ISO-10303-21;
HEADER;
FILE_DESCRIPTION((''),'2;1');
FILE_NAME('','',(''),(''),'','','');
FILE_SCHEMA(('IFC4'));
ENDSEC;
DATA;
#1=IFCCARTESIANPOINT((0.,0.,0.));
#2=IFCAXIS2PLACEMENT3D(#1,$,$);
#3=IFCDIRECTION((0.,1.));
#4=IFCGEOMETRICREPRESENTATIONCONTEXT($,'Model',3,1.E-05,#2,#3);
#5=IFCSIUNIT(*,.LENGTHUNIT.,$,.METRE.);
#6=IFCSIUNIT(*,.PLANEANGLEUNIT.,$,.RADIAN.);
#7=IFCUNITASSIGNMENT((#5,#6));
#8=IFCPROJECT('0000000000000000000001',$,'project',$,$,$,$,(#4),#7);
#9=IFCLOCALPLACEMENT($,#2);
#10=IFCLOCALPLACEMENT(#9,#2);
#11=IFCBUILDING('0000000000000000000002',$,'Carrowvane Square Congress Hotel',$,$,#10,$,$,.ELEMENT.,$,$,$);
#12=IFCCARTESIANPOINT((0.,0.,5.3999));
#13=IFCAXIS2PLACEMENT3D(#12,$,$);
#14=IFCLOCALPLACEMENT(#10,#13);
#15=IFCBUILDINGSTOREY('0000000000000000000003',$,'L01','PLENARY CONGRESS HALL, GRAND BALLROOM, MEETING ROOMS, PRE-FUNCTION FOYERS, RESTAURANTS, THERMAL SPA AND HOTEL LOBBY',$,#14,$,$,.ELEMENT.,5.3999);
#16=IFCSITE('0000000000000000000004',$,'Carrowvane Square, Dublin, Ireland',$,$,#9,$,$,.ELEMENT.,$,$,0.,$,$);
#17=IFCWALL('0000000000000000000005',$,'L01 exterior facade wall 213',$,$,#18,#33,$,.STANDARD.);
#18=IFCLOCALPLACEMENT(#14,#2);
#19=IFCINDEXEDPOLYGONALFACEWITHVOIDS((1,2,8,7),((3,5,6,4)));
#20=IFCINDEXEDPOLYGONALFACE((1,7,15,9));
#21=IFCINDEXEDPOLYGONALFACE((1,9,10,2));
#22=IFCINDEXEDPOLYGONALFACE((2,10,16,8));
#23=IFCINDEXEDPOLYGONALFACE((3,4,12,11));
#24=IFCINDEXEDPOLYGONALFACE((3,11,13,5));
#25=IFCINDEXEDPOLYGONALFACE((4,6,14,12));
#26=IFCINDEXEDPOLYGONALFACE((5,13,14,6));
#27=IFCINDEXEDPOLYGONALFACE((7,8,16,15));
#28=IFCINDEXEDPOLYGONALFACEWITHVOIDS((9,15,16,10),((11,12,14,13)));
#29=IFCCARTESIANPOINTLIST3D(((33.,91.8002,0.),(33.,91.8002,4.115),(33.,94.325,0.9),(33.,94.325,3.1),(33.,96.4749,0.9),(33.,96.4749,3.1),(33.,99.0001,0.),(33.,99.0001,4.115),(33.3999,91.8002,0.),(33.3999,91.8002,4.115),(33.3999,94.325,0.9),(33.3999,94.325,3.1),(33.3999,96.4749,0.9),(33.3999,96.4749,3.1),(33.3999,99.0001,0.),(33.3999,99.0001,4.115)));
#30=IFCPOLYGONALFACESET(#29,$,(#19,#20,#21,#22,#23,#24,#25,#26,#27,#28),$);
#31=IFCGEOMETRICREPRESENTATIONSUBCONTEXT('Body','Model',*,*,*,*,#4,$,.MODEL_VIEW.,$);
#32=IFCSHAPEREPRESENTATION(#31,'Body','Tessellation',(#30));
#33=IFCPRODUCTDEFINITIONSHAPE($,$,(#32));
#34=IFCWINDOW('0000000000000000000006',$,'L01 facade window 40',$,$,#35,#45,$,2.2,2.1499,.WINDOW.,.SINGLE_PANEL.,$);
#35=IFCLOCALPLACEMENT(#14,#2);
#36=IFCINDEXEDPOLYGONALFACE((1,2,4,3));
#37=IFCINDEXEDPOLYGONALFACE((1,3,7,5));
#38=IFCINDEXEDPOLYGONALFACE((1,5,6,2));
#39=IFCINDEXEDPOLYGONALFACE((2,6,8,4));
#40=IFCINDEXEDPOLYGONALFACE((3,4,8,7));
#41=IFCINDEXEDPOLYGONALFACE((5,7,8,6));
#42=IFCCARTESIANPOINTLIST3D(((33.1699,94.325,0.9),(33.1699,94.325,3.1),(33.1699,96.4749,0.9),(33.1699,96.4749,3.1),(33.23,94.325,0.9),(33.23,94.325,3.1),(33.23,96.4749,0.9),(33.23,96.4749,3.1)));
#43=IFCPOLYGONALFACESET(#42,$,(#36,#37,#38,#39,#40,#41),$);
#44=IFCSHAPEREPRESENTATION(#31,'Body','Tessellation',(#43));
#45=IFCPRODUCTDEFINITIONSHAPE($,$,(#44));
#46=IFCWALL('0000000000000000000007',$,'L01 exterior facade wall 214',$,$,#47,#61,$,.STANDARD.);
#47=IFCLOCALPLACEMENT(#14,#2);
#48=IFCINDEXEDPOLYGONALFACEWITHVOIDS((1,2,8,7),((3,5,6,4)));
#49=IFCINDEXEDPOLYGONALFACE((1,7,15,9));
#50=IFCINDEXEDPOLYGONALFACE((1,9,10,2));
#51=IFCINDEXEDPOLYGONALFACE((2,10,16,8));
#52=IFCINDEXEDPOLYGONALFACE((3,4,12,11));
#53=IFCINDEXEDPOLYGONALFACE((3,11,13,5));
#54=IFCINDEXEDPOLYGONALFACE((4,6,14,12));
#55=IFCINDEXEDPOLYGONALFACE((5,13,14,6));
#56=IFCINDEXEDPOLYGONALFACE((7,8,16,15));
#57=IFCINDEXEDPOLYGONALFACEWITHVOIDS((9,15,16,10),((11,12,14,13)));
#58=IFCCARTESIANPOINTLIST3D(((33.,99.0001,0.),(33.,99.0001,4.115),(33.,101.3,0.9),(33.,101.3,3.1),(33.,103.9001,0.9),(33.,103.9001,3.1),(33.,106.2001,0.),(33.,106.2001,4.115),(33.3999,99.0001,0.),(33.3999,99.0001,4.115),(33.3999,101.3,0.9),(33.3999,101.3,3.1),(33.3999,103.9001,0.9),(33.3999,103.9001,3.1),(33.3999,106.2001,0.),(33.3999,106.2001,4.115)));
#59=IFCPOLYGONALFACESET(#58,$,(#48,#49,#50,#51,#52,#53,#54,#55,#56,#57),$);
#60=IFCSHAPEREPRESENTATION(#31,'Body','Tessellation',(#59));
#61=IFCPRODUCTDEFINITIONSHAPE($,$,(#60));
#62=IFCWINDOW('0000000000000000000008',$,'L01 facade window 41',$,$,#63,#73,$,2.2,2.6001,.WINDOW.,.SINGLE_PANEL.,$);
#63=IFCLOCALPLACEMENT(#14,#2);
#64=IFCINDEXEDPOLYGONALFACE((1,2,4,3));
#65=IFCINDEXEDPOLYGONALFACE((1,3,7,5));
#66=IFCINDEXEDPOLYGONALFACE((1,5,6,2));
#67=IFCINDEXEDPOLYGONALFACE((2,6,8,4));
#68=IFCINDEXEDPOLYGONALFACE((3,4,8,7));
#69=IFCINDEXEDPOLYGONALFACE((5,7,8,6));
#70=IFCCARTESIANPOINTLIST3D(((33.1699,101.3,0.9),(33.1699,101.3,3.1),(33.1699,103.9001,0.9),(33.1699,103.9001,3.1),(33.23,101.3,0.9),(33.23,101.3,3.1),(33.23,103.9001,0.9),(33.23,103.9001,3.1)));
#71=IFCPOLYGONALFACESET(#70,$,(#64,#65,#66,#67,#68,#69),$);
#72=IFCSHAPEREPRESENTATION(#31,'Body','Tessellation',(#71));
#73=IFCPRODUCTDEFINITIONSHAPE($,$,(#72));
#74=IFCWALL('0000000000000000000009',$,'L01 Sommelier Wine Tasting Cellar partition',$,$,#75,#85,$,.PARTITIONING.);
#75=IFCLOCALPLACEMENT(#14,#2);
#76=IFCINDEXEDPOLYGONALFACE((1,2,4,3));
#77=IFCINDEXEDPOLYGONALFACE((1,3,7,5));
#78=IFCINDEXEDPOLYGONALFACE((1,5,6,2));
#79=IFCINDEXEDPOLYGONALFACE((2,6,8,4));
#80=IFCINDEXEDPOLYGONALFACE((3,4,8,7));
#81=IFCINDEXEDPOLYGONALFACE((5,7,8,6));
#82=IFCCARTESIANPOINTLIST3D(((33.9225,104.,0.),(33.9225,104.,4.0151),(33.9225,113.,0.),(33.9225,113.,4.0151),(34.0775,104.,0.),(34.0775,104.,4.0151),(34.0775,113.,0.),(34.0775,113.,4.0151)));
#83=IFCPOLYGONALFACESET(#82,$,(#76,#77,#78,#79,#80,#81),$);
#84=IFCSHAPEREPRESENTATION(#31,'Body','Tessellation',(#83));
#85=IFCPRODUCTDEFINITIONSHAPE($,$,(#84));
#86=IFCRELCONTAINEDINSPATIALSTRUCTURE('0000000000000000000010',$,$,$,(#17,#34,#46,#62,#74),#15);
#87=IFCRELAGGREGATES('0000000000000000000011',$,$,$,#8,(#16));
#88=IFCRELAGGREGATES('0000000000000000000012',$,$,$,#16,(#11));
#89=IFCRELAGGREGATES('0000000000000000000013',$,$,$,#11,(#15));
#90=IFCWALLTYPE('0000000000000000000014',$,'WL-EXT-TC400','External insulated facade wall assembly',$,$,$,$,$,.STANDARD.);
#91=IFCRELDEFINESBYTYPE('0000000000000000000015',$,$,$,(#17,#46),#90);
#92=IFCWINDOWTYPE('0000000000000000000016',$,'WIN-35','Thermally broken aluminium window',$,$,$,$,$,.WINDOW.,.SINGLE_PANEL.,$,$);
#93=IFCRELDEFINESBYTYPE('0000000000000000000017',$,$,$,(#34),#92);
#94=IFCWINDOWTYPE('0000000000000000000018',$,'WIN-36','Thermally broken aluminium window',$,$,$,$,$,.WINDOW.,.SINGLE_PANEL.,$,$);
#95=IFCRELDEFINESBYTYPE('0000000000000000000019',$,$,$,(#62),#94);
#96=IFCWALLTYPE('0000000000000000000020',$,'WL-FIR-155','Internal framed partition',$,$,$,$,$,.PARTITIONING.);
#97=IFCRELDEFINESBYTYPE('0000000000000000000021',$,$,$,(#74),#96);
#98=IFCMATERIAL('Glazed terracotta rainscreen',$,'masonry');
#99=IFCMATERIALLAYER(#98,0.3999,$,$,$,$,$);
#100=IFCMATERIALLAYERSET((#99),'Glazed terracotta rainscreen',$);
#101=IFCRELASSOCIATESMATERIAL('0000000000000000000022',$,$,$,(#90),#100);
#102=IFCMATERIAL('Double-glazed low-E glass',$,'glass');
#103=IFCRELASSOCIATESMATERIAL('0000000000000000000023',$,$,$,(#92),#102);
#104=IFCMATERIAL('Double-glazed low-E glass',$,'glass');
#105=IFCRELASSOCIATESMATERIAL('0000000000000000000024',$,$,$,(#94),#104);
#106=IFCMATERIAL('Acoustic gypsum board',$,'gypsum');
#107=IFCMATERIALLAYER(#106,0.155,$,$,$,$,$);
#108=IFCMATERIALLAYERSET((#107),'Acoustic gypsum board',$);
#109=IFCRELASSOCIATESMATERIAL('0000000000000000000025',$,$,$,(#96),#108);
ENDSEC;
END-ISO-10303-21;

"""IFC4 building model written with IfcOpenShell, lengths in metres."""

from ifc_helpers import new_model, si_unit, direction, frame, frame_2d, origin, place, context, subcontext, project, spatial, rectangle, extrude, material, layer, layer_set, type_object, element, fill, save


model = new_model("IFC4")

# Units and contexts
model_context = context("Model", 3, precision=1e-05, world=origin(), true_north=direction((0.0, 1.0)))
body_context = subcontext(model_context, "Body", "Model", "MODEL_VIEW")
ifc_project = project(units=[si_unit("LENGTHUNIT", "METRE"), si_unit("PLANEANGLEUNIT", "RADIAN")], contexts=[model_context])

# Site, building, storey
site_placement = place(None, origin())
site = spatial("IfcSite", under=ifc_project, at=site_placement, Name="Carrowvane Square, Dublin, Ireland", CompositionType="ELEMENT", RefElevation=0.0)
building_placement = place(site_placement, origin())
building = spatial("IfcBuilding", under=site, at=building_placement, Name="Carrowvane Square Congress Hotel", CompositionType="ELEMENT")
storey_placement = place(building_placement, frame((0.0, 0.0, 5.3999)))
storey = spatial("IfcBuildingStorey", under=building, at=storey_placement, Name="L01", Description="PLENARY CONGRESS HALL, GRAND BALLROOM, MEETING ROOMS, PRE-FUNCTION FOYERS, RESTAURANTS, THERMAL SPA AND HOTEL LOBBY", CompositionType="ELEMENT", Elevation=5.3999)

# Walls, openings, windows
ifc_material_1 = material(Name="Glazed terracotta rainscreen", Category="masonry")
ifc_layer_1 = layer(ifc_material_1, 0.3999)
ifc_layer_set_1 = layer_set([ifc_layer_1], Name="Glazed terracotta rainscreen")
wall_type_1 = type_object("IfcWallType", Name="WL-EXT-TC400", Description="External insulated facade wall assembly", PredefinedType="STANDARD", material=ifc_layer_set_1)
wall_1_placement = place(storey_placement, frame((33.2, 91.8, 0.0), z_axis=(0.0, 0.0, 1.0), x_axis=(0.0, 1.0, 0.0)))
wall_1 = element("IfcWall", 1, at=wall_1_placement, inside=storey, type_object=wall_type_1, Name="L01 exterior facade wall 213", PredefinedType="STANDARD", context=body_context, shape_type="SweptSolid", body=[
    extrude(rectangle(XDim=7.2, YDim=0.3999, at=frame_2d((3.6001, 0.0))), origin(), (0.0, 0.0, 1.0), 4.115),
])
opening_1_placement = place(wall_1_placement, frame((2.5249, 0.0, 0.8999)))
opening_1 = element("IfcOpeningElement", 2, at=opening_1_placement, cuts=wall_1, PredefinedType="OPENING", context=body_context, shape_type="SweptSolid", body=[
    extrude(rectangle(XDim=2.1499, YDim=2.2, at=frame_2d((1.075, 1.1001))), frame((0.0, 0.21, 0.0), z_axis=(0.0, -1.0, 0.0), x_axis=(1.0, 0.0, 0.0)), (0.0, 0.0, 1.0), 0.4199),
])
ifc_material_2 = material(Name="Double-glazed low-E glass", Category="glass")
window_type_1 = type_object("IfcWindowType", Name="WIN-35", Description="Thermally broken aluminium window", PartitioningType="SINGLE_PANEL", PredefinedType="WINDOW", material=ifc_material_2)
window_1_placement = place(opening_1_placement, origin())
window_1 = element("IfcWindow", 3, at=window_1_placement, inside=storey, type_object=window_type_1, Name="L01 facade window 40", OverallHeight=2.2, OverallWidth=2.1499, PartitioningType="SINGLE_PANEL", PredefinedType="WINDOW", context=body_context, shape_type="SweptSolid", body=[
    extrude(rectangle(XDim=2.1499, YDim=2.2, at=frame_2d((1.075, 1.1001))), frame((0.0, 0.03, 0.0), z_axis=(0.0, -1.0, 0.0), x_axis=(1.0, 0.0, 0.0)), (0.0, 0.0, 1.0), 0.0601),
])
fill(opening_1, window_1)
wall_2_placement = place(storey_placement, frame((33.2, 99.0, 0.0), z_axis=(0.0, 0.0, 1.0), x_axis=(0.0, 1.0, 0.0)))
wall_2 = element("IfcWall", 4, at=wall_2_placement, inside=storey, type_object=wall_type_1, Name="L01 exterior facade wall 214", PredefinedType="STANDARD", context=body_context, shape_type="SweptSolid", body=[
    extrude(rectangle(XDim=7.2, YDim=0.3999, at=frame_2d((3.6001, 0.0))), origin(), (0.0, 0.0, 1.0), 4.115),
])
opening_2_placement = place(wall_2_placement, frame((2.3, 0.0, 0.8999)))
opening_2 = element("IfcOpeningElement", 5, at=opening_2_placement, cuts=wall_2, PredefinedType="OPENING", context=body_context, shape_type="SweptSolid", body=[
    extrude(rectangle(XDim=2.6001, YDim=2.2, at=frame_2d((1.3, 1.1001))), frame((0.0, 0.21, 0.0), z_axis=(0.0, -1.0, 0.0), x_axis=(1.0, 0.0, 0.0)), (0.0, 0.0, 1.0), 0.4199),
])
ifc_material_3 = material(Name="Double-glazed low-E glass", Category="glass")
window_type_2 = type_object("IfcWindowType", Name="WIN-36", Description="Thermally broken aluminium window", PartitioningType="SINGLE_PANEL", PredefinedType="WINDOW", material=ifc_material_3)
window_2_placement = place(opening_2_placement, origin())
window_2 = element("IfcWindow", 6, at=window_2_placement, inside=storey, type_object=window_type_2, Name="L01 facade window 41", OverallHeight=2.2, OverallWidth=2.6001, PartitioningType="SINGLE_PANEL", PredefinedType="WINDOW", context=body_context, shape_type="SweptSolid", body=[
    extrude(rectangle(XDim=2.6001, YDim=2.2, at=frame_2d((1.3, 1.1001))), frame((0.0, 0.03, 0.0), z_axis=(0.0, -1.0, 0.0), x_axis=(1.0, 0.0, 0.0)), (0.0, 0.0, 1.0), 0.0601),
])
fill(opening_2, window_2)

# Wall
ifc_material_4 = material(Name="Acoustic gypsum board", Category="gypsum")
ifc_layer_2 = layer(ifc_material_4, 0.155)
ifc_layer_set_2 = layer_set([ifc_layer_2], Name="Acoustic gypsum board")
wall_type_2 = type_object("IfcWallType", Name="WL-FIR-155", Description="Internal framed partition", PredefinedType="PARTITIONING", material=ifc_layer_set_2)
wall_3_placement = place(storey_placement, frame((34.0, 104.0, 0.0), z_axis=(0.0, 0.0, 1.0), x_axis=(0.0, 1.0, 0.0)))
element("IfcWall", 7, at=wall_3_placement, inside=storey, type_object=wall_type_2, Name="L01 Sommelier Wine Tasting Cellar partition", PredefinedType="PARTITIONING", context=body_context, shape_type="SweptSolid", body=[
    extrude(rectangle(XDim=9.0, YDim=0.155, at=frame_2d((4.5, 0.0))), origin(), (0.0, 0.0, 1.0), 4.0151),
])

save(model, "model.ifc")
